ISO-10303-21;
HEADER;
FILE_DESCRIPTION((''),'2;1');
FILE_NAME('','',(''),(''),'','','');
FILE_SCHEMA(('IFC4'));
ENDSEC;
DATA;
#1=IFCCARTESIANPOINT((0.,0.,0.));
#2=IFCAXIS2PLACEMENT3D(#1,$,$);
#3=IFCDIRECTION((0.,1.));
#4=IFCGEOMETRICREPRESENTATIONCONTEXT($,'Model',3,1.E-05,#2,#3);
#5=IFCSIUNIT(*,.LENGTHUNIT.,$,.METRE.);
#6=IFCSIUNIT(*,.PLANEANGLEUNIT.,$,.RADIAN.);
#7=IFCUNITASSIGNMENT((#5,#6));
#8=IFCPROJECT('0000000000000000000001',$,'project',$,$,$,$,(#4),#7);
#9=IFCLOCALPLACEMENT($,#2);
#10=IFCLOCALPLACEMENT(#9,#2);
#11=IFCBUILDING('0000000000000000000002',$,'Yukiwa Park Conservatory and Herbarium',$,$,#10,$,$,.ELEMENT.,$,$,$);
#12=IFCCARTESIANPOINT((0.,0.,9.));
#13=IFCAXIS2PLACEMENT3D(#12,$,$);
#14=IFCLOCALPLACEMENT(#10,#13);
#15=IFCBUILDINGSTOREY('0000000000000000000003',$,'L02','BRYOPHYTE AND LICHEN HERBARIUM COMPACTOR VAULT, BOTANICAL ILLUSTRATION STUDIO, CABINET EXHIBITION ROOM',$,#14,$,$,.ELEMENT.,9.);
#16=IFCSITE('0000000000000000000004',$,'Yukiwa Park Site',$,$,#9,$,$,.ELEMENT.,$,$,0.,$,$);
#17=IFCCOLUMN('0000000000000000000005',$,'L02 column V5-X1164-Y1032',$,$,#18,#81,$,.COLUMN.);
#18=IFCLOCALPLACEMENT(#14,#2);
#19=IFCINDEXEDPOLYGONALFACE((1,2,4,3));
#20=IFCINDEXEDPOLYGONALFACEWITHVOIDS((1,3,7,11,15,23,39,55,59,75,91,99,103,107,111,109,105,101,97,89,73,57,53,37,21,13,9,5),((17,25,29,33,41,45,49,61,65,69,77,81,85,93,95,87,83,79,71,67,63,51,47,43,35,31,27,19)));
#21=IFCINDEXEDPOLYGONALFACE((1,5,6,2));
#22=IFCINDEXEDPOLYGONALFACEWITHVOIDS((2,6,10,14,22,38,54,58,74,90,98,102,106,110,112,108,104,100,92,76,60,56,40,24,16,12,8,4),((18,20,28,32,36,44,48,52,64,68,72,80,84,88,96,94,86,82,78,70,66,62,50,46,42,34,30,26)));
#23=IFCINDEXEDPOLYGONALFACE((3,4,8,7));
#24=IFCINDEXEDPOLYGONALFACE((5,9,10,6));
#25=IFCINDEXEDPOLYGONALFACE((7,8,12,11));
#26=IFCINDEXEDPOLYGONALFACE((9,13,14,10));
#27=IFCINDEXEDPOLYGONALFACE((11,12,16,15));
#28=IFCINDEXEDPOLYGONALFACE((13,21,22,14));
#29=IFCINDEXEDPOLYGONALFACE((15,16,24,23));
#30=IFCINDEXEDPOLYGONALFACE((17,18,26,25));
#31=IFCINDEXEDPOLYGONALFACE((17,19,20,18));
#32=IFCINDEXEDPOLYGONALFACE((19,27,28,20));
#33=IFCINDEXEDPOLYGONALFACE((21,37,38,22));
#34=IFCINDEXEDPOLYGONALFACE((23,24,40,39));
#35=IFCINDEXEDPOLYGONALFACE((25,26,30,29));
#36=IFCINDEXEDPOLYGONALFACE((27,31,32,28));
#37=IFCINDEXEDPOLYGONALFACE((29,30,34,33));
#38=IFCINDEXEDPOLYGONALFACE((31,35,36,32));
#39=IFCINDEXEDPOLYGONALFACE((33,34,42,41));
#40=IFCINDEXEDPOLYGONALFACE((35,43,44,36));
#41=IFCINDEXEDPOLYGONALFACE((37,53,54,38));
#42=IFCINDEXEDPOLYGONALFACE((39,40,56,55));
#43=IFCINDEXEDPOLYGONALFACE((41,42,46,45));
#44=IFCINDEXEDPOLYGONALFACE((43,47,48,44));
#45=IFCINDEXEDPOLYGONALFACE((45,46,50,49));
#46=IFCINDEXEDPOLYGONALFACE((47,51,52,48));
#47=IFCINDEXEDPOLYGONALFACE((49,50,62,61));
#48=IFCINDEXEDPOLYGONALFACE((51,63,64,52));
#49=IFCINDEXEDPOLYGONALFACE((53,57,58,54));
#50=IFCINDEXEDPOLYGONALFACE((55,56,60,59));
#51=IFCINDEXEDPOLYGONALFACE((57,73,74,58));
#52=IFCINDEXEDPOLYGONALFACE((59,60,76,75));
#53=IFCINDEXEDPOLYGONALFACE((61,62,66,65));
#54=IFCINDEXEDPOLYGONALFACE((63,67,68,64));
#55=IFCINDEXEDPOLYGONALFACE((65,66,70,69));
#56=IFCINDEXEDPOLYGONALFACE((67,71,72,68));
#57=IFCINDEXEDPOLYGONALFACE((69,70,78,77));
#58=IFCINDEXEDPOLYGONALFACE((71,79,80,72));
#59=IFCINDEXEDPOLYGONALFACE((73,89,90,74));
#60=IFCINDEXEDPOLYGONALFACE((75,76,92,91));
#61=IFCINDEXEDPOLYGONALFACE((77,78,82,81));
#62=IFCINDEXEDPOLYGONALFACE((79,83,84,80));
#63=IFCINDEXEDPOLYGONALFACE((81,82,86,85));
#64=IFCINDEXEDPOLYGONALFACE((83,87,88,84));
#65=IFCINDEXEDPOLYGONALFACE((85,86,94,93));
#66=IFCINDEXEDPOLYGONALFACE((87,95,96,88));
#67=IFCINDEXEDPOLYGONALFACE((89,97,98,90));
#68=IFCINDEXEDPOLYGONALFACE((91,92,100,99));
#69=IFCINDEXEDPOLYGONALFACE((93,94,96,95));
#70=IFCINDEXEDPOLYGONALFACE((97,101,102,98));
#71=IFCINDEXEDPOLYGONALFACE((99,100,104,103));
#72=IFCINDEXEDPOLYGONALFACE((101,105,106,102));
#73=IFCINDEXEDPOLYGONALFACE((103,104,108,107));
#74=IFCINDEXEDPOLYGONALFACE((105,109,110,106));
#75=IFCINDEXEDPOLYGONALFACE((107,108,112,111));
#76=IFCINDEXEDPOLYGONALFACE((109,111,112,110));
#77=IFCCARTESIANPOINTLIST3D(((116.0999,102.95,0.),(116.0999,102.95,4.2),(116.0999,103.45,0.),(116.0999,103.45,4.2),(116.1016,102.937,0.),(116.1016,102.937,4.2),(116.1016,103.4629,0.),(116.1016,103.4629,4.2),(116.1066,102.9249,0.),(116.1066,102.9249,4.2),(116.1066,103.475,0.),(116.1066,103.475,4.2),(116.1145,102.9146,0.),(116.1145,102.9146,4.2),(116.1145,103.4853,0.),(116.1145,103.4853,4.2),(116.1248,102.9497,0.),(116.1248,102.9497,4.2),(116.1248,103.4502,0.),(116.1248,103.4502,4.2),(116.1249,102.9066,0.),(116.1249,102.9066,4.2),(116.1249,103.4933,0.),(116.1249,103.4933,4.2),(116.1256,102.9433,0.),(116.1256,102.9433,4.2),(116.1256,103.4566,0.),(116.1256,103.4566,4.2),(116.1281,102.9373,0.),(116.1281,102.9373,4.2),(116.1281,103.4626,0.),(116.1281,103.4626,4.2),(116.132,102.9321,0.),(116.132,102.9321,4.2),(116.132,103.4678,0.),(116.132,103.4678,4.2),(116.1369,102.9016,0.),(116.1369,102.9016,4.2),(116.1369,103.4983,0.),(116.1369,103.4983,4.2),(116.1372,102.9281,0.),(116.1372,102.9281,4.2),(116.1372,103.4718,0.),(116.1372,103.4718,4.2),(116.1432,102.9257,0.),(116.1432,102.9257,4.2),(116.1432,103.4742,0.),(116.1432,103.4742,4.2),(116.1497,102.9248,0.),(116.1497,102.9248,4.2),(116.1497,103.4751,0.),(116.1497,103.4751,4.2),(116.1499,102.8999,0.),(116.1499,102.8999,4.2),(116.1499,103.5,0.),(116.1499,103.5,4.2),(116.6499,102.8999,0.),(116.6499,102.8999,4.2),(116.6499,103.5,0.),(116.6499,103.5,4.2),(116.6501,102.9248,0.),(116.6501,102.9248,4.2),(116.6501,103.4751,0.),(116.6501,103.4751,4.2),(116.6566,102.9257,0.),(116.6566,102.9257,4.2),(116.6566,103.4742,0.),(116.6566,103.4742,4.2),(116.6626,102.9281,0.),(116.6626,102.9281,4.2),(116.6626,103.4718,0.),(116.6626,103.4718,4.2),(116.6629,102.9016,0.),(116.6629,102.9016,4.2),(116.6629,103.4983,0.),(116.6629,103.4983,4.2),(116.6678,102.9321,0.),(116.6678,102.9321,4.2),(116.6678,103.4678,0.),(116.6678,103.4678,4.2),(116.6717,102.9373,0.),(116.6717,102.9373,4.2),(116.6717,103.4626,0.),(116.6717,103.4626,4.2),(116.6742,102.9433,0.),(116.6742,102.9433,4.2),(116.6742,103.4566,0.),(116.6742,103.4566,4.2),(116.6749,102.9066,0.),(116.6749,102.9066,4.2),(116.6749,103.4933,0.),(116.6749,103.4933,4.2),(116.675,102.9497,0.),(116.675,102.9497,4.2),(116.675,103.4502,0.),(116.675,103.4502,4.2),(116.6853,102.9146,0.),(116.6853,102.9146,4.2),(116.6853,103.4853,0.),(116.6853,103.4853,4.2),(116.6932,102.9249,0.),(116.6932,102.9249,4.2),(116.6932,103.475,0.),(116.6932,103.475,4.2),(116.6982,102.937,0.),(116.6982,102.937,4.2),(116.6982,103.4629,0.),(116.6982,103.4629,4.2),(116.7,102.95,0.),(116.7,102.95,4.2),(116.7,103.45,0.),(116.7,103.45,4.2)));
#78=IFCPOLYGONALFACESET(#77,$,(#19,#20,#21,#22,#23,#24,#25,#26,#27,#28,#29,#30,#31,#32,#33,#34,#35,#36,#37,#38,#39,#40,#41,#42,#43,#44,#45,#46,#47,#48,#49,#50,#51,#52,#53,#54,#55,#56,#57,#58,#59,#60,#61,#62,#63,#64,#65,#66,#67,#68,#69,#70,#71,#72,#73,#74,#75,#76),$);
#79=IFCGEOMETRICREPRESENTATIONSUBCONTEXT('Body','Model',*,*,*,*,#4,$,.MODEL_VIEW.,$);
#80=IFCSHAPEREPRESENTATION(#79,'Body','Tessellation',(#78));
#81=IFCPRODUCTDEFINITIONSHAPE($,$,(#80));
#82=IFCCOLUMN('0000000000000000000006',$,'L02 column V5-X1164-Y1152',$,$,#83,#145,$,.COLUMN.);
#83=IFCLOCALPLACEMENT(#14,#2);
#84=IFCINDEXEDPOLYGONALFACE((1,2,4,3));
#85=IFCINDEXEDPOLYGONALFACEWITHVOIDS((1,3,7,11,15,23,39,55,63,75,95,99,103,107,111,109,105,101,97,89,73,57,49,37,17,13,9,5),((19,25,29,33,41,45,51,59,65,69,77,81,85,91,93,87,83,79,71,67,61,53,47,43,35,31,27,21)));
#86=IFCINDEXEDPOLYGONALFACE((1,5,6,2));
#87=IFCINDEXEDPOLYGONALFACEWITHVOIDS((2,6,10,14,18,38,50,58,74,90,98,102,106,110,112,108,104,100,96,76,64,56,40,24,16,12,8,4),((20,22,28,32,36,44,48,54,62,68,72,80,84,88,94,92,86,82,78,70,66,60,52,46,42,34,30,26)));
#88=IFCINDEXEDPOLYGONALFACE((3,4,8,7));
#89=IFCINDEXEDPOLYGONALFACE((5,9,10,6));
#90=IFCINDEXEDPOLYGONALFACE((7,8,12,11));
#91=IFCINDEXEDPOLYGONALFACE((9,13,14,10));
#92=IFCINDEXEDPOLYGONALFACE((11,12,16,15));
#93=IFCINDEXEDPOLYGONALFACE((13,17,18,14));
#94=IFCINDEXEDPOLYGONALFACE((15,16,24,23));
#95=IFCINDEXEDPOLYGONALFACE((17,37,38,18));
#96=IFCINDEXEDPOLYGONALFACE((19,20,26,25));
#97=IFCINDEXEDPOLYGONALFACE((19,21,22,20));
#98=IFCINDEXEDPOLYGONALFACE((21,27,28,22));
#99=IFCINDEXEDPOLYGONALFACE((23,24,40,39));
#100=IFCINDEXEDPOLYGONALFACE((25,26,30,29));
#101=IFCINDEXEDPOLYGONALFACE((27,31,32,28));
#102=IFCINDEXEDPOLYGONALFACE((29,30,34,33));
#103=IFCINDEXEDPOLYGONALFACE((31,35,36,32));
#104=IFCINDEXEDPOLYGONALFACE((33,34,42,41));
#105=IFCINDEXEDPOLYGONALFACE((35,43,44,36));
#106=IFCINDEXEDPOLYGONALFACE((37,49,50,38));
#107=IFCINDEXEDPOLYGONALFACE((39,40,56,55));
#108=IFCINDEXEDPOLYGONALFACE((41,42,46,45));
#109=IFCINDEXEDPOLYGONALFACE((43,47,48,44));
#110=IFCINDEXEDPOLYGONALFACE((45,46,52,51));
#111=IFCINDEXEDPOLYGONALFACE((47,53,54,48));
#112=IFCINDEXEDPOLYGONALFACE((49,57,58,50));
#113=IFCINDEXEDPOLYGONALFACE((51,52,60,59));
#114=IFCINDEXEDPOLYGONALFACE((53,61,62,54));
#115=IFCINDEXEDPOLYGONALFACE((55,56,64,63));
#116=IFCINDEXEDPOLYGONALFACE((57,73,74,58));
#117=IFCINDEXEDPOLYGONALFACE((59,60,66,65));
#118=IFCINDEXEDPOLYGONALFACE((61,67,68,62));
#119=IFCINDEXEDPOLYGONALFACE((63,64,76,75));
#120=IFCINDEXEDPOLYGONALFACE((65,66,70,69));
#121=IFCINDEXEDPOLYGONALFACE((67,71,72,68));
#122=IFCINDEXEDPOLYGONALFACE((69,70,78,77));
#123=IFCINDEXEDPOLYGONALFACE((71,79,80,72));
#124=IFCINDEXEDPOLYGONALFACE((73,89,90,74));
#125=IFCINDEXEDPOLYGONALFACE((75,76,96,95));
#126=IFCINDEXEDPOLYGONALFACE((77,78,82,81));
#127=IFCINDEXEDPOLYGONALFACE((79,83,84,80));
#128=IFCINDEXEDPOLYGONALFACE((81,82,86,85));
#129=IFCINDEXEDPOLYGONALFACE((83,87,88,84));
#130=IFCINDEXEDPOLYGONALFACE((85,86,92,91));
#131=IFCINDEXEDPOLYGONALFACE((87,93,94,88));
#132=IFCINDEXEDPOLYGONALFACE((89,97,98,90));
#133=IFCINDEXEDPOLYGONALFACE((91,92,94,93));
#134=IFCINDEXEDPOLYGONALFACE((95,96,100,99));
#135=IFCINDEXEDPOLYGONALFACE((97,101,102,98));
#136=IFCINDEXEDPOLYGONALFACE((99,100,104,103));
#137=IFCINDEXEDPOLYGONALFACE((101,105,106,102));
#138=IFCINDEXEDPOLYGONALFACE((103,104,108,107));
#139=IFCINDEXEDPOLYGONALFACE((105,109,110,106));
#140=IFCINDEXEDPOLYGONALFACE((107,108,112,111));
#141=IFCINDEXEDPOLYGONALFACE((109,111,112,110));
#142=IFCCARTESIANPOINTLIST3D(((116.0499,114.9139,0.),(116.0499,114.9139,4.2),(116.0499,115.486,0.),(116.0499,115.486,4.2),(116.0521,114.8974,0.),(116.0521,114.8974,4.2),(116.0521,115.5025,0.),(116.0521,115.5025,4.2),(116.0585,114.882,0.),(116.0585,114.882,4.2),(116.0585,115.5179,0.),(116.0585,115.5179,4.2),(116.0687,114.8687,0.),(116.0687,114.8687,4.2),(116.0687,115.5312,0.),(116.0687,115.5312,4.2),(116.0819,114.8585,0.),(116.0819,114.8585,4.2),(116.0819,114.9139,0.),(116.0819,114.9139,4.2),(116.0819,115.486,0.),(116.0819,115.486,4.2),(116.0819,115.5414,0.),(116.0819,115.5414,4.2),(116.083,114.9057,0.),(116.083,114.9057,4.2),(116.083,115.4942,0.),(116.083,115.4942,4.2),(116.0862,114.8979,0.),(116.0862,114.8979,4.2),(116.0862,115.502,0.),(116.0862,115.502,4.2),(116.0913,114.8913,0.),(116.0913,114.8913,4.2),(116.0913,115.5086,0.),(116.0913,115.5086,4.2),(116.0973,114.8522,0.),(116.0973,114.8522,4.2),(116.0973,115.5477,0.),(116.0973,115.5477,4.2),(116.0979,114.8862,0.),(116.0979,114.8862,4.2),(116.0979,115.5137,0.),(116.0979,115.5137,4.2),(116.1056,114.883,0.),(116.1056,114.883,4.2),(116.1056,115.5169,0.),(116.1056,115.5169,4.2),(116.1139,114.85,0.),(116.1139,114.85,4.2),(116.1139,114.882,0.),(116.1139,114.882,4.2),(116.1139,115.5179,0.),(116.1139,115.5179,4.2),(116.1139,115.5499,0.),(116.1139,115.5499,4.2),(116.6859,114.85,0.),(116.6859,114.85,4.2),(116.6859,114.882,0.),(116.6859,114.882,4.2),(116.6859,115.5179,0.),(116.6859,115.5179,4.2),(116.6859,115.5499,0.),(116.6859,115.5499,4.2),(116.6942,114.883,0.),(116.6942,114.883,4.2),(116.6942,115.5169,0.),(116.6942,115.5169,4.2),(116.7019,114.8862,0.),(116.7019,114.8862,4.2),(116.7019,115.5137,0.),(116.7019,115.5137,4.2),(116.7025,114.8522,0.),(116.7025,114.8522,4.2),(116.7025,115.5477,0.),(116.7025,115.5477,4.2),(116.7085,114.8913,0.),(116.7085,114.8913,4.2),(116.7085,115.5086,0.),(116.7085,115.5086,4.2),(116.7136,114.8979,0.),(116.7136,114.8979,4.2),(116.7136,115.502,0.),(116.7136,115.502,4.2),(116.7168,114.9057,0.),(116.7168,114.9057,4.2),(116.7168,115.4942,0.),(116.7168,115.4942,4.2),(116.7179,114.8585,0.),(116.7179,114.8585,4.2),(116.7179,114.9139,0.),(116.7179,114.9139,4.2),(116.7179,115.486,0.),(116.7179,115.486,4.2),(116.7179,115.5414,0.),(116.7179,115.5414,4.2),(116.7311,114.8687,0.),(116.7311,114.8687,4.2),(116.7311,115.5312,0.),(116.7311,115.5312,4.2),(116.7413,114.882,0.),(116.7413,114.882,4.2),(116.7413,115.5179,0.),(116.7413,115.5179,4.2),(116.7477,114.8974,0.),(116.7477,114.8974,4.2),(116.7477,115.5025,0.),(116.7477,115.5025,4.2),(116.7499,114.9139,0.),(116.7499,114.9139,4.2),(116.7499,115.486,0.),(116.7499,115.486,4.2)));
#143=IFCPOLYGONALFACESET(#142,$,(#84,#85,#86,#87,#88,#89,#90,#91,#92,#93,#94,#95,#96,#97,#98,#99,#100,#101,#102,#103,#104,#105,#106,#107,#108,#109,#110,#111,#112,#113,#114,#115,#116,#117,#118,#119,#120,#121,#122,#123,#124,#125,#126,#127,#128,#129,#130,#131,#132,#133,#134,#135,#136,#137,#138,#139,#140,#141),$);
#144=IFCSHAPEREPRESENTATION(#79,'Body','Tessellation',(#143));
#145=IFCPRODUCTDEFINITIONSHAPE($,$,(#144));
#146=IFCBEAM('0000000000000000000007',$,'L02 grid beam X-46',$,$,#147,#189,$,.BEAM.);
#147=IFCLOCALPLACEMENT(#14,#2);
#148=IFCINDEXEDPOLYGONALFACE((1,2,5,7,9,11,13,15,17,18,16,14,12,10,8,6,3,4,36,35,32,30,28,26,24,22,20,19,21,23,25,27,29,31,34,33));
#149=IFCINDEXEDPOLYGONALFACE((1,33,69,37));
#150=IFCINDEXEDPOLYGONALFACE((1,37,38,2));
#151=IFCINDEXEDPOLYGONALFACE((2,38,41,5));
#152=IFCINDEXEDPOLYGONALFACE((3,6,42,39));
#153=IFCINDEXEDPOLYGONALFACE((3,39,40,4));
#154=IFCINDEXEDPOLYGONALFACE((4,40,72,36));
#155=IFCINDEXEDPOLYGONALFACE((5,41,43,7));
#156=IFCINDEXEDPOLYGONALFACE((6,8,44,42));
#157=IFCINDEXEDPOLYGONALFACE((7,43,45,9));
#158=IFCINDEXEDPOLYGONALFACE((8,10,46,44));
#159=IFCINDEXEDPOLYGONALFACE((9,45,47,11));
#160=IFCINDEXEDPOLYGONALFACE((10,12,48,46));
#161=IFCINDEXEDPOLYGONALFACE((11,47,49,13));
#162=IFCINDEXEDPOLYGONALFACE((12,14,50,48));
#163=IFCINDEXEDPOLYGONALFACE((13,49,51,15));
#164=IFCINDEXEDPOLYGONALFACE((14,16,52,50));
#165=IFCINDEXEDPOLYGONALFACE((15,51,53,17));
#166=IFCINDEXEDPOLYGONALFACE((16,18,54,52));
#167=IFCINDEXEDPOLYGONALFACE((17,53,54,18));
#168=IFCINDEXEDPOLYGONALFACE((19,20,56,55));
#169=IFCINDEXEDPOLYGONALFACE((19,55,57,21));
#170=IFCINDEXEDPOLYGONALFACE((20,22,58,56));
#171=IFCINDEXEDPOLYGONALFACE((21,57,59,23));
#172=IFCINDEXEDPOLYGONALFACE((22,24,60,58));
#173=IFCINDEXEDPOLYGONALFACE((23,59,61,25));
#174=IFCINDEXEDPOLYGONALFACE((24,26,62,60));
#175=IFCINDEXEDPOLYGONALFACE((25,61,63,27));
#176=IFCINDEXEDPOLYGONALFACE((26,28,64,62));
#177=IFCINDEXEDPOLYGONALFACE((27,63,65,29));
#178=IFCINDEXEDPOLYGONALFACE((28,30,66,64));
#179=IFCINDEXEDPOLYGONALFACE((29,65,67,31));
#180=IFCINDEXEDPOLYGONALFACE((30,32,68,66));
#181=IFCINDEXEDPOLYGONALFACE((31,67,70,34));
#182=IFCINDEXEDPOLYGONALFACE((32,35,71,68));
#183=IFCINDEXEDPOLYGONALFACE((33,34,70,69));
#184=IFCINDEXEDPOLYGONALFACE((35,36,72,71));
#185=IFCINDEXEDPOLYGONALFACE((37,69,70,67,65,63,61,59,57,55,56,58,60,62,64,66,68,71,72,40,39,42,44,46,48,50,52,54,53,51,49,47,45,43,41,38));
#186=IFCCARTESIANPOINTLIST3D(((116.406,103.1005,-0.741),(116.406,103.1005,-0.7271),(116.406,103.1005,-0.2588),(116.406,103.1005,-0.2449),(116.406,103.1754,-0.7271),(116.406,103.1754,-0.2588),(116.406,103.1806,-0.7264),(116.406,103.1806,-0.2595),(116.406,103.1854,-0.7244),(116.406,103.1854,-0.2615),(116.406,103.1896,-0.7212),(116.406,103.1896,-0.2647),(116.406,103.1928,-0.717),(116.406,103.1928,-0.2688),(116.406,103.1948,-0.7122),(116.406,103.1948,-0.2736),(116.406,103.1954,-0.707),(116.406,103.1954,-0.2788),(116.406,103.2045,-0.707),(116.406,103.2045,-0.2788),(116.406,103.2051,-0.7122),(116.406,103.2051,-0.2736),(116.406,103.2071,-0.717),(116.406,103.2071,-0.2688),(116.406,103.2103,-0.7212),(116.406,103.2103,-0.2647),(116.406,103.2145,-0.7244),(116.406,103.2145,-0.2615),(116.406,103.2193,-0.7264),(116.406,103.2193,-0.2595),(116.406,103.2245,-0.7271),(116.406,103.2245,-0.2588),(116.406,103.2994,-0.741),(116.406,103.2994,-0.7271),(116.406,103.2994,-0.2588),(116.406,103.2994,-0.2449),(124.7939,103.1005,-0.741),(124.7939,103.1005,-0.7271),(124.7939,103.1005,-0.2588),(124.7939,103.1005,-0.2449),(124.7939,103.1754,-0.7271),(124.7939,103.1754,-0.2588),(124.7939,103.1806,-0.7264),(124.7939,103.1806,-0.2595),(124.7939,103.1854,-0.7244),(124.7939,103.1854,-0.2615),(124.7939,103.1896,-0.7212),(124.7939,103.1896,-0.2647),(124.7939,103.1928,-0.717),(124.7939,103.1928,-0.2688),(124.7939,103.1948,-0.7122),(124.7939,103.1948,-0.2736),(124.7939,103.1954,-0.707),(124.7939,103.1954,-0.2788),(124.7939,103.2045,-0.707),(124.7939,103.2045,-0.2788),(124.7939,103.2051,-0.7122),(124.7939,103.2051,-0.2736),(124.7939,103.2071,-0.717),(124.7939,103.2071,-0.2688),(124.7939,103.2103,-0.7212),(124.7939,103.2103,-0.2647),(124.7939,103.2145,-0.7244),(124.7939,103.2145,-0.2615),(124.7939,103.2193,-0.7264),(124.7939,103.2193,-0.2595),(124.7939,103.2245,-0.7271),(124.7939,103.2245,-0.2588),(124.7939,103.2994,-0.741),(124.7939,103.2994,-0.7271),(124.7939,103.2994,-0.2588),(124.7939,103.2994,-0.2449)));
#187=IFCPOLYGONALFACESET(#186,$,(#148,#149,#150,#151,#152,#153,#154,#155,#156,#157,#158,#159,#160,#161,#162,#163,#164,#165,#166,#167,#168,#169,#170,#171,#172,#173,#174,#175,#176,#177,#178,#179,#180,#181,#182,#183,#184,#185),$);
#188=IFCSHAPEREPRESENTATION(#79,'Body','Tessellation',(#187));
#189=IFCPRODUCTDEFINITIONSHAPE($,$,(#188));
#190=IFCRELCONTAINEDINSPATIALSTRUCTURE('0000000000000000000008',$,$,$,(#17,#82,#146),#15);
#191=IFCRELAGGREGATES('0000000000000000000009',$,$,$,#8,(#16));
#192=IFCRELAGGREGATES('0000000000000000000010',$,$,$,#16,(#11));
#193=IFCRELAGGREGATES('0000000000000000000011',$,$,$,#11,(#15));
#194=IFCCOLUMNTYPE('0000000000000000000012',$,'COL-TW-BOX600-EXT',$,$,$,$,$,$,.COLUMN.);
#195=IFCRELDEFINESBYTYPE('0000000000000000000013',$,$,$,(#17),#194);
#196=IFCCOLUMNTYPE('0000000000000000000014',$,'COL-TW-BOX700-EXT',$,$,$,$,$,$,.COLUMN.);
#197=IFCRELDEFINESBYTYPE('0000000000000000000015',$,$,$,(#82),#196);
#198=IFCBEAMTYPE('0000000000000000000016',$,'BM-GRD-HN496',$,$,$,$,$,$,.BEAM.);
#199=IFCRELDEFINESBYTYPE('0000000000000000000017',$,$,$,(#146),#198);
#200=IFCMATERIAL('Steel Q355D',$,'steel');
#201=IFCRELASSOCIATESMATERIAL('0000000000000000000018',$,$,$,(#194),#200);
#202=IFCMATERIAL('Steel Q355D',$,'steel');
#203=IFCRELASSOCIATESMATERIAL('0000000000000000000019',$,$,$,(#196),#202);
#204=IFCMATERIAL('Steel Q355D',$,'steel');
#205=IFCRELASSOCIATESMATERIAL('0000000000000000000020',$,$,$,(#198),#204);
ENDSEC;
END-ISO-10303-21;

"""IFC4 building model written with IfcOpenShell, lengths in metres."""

from ifc_helpers import new_model, si_unit, direction, frame, origin, origin_2d, place, context, subcontext, project, spatial, hollow_rectangle, i_section, extrude, material, material_profile, profile_set, type_object, element, save


model = new_model("IFC4")

# Units and contexts
model_context = context("Model", 3, precision=1e-05, world=origin(), true_north=direction((0.0, 1.0)))
body_context = subcontext(model_context, "Body", "Model", "MODEL_VIEW")
ifc_project = project(units=[si_unit("LENGTHUNIT", "METRE"), si_unit("PLANEANGLEUNIT", "RADIAN")], contexts=[model_context])

# Site, building, storey
site_placement = place(None, origin())
site = spatial("IfcSite", under=ifc_project, at=site_placement, Name="Yukiwa Park Site", CompositionType="ELEMENT", RefElevation=0.0)
building_placement = place(site_placement, origin())
building = spatial("IfcBuilding", under=site, at=building_placement, Name="Yukiwa Park Conservatory and Herbarium", CompositionType="ELEMENT")
storey_placement = place(building_placement, frame((0.0, 0.0, 9.0)))
storey = spatial("IfcBuildingStorey", under=building, at=storey_placement, Name="L02", Description="BRYOPHYTE AND LICHEN HERBARIUM COMPACTOR VAULT, BOTANICAL ILLUSTRATION STUDIO, CABINET EXHIBITION ROOM", CompositionType="ELEMENT", Elevation=9.0)

# Columns
ifc_material_1 = material(Name="Steel Q355D", Category="steel")
ifc_material_profile_1 = material_profile(ifc_material_1, hollow_rectangle(XDim=0.6001, YDim=0.6001, WallThickness=0.0249, InnerFilletRadius=0.0249, OuterFilletRadius=0.05, at=origin_2d()), Name="BOX 600x600x25")
ifc_profile_set_1 = profile_set([ifc_material_profile_1], Name="Steel Q355D")
column_type_1 = type_object("IfcColumnType", Name="COL-TW-BOX600-EXT", PredefinedType="COLUMN", material=ifc_profile_set_1)
column_1_placement = place(storey_placement, frame((116.3999, 103.2, 0.0), z_axis=(0.0, 0.0, 1.0), x_axis=(1.0, 0.0, 0.0)))
element("IfcColumn", 1, at=column_1_placement, inside=storey, type_object=column_type_1, Name="L02 column V5-X1164-Y1032", PredefinedType="COLUMN", context=body_context, shape_type="SweptSolid", body=[
    extrude(hollow_rectangle(XDim=0.6001, YDim=0.6001, WallThickness=0.0249, InnerFilletRadius=0.0249, OuterFilletRadius=0.05, at=origin_2d()), origin(), (0.0, 0.0, 1.0), 4.2),
])
ifc_material_2 = material(Name="Steel Q355D", Category="steel")
ifc_material_profile_2 = material_profile(ifc_material_2, hollow_rectangle(XDim=0.7, YDim=0.7, WallThickness=0.032, InnerFilletRadius=0.032, OuterFilletRadius=0.064, at=origin_2d()), Name="BOX 700x700x32")
ifc_profile_set_2 = profile_set([ifc_material_profile_2], Name="Steel Q355D")
column_type_2 = type_object("IfcColumnType", Name="COL-TW-BOX700-EXT", PredefinedType="COLUMN", material=ifc_profile_set_2)
column_2_placement = place(storey_placement, frame((116.3999, 115.2, 0.0), z_axis=(0.0, 0.0, 1.0), x_axis=(1.0, 0.0, 0.0)))
element("IfcColumn", 2, at=column_2_placement, inside=storey, type_object=column_type_2, Name="L02 column V5-X1164-Y1152", PredefinedType="COLUMN", context=body_context, shape_type="SweptSolid", body=[
    extrude(hollow_rectangle(XDim=0.7, YDim=0.7, WallThickness=0.032, InnerFilletRadius=0.032, OuterFilletRadius=0.064, at=origin_2d()), origin(), (0.0, 0.0, 1.0), 4.2),
])

# Beam
ifc_material_3 = material(Name="Steel Q355D", Category="steel")
ifc_material_profile_3 = material_profile(ifc_material_3, i_section(OverallWidth=0.199, OverallDepth=0.4961, WebThickness=0.009, FlangeThickness=0.0139, FilletRadius=0.02, at=origin_2d()), Name="HN 496x199x9x14")
ifc_profile_set_3 = profile_set([ifc_material_profile_3], Name="Steel Q355D")
beam_type_1 = type_object("IfcBeamType", Name="BM-GRD-HN496", PredefinedType="BEAM", material=ifc_profile_set_3)
beam_1_placement = place(storey_placement, frame((116.406, 103.2, -0.4929), z_axis=(1.0, 0.0, 0.0), x_axis=(0.0, 1.0, 0.0)))
element("IfcBeam", 3, at=beam_1_placement, inside=storey, type_object=beam_type_1, Name="L02 grid beam X-46", PredefinedType="BEAM", context=body_context, shape_type="SweptSolid", body=[
    extrude(i_section(OverallWidth=0.199, OverallDepth=0.4961, WebThickness=0.009, FlangeThickness=0.0139, FilletRadius=0.02, at=origin_2d()), origin(), (0.0, 0.0, 1.0), 8.3879),
])

save(model, "model.ifc")
